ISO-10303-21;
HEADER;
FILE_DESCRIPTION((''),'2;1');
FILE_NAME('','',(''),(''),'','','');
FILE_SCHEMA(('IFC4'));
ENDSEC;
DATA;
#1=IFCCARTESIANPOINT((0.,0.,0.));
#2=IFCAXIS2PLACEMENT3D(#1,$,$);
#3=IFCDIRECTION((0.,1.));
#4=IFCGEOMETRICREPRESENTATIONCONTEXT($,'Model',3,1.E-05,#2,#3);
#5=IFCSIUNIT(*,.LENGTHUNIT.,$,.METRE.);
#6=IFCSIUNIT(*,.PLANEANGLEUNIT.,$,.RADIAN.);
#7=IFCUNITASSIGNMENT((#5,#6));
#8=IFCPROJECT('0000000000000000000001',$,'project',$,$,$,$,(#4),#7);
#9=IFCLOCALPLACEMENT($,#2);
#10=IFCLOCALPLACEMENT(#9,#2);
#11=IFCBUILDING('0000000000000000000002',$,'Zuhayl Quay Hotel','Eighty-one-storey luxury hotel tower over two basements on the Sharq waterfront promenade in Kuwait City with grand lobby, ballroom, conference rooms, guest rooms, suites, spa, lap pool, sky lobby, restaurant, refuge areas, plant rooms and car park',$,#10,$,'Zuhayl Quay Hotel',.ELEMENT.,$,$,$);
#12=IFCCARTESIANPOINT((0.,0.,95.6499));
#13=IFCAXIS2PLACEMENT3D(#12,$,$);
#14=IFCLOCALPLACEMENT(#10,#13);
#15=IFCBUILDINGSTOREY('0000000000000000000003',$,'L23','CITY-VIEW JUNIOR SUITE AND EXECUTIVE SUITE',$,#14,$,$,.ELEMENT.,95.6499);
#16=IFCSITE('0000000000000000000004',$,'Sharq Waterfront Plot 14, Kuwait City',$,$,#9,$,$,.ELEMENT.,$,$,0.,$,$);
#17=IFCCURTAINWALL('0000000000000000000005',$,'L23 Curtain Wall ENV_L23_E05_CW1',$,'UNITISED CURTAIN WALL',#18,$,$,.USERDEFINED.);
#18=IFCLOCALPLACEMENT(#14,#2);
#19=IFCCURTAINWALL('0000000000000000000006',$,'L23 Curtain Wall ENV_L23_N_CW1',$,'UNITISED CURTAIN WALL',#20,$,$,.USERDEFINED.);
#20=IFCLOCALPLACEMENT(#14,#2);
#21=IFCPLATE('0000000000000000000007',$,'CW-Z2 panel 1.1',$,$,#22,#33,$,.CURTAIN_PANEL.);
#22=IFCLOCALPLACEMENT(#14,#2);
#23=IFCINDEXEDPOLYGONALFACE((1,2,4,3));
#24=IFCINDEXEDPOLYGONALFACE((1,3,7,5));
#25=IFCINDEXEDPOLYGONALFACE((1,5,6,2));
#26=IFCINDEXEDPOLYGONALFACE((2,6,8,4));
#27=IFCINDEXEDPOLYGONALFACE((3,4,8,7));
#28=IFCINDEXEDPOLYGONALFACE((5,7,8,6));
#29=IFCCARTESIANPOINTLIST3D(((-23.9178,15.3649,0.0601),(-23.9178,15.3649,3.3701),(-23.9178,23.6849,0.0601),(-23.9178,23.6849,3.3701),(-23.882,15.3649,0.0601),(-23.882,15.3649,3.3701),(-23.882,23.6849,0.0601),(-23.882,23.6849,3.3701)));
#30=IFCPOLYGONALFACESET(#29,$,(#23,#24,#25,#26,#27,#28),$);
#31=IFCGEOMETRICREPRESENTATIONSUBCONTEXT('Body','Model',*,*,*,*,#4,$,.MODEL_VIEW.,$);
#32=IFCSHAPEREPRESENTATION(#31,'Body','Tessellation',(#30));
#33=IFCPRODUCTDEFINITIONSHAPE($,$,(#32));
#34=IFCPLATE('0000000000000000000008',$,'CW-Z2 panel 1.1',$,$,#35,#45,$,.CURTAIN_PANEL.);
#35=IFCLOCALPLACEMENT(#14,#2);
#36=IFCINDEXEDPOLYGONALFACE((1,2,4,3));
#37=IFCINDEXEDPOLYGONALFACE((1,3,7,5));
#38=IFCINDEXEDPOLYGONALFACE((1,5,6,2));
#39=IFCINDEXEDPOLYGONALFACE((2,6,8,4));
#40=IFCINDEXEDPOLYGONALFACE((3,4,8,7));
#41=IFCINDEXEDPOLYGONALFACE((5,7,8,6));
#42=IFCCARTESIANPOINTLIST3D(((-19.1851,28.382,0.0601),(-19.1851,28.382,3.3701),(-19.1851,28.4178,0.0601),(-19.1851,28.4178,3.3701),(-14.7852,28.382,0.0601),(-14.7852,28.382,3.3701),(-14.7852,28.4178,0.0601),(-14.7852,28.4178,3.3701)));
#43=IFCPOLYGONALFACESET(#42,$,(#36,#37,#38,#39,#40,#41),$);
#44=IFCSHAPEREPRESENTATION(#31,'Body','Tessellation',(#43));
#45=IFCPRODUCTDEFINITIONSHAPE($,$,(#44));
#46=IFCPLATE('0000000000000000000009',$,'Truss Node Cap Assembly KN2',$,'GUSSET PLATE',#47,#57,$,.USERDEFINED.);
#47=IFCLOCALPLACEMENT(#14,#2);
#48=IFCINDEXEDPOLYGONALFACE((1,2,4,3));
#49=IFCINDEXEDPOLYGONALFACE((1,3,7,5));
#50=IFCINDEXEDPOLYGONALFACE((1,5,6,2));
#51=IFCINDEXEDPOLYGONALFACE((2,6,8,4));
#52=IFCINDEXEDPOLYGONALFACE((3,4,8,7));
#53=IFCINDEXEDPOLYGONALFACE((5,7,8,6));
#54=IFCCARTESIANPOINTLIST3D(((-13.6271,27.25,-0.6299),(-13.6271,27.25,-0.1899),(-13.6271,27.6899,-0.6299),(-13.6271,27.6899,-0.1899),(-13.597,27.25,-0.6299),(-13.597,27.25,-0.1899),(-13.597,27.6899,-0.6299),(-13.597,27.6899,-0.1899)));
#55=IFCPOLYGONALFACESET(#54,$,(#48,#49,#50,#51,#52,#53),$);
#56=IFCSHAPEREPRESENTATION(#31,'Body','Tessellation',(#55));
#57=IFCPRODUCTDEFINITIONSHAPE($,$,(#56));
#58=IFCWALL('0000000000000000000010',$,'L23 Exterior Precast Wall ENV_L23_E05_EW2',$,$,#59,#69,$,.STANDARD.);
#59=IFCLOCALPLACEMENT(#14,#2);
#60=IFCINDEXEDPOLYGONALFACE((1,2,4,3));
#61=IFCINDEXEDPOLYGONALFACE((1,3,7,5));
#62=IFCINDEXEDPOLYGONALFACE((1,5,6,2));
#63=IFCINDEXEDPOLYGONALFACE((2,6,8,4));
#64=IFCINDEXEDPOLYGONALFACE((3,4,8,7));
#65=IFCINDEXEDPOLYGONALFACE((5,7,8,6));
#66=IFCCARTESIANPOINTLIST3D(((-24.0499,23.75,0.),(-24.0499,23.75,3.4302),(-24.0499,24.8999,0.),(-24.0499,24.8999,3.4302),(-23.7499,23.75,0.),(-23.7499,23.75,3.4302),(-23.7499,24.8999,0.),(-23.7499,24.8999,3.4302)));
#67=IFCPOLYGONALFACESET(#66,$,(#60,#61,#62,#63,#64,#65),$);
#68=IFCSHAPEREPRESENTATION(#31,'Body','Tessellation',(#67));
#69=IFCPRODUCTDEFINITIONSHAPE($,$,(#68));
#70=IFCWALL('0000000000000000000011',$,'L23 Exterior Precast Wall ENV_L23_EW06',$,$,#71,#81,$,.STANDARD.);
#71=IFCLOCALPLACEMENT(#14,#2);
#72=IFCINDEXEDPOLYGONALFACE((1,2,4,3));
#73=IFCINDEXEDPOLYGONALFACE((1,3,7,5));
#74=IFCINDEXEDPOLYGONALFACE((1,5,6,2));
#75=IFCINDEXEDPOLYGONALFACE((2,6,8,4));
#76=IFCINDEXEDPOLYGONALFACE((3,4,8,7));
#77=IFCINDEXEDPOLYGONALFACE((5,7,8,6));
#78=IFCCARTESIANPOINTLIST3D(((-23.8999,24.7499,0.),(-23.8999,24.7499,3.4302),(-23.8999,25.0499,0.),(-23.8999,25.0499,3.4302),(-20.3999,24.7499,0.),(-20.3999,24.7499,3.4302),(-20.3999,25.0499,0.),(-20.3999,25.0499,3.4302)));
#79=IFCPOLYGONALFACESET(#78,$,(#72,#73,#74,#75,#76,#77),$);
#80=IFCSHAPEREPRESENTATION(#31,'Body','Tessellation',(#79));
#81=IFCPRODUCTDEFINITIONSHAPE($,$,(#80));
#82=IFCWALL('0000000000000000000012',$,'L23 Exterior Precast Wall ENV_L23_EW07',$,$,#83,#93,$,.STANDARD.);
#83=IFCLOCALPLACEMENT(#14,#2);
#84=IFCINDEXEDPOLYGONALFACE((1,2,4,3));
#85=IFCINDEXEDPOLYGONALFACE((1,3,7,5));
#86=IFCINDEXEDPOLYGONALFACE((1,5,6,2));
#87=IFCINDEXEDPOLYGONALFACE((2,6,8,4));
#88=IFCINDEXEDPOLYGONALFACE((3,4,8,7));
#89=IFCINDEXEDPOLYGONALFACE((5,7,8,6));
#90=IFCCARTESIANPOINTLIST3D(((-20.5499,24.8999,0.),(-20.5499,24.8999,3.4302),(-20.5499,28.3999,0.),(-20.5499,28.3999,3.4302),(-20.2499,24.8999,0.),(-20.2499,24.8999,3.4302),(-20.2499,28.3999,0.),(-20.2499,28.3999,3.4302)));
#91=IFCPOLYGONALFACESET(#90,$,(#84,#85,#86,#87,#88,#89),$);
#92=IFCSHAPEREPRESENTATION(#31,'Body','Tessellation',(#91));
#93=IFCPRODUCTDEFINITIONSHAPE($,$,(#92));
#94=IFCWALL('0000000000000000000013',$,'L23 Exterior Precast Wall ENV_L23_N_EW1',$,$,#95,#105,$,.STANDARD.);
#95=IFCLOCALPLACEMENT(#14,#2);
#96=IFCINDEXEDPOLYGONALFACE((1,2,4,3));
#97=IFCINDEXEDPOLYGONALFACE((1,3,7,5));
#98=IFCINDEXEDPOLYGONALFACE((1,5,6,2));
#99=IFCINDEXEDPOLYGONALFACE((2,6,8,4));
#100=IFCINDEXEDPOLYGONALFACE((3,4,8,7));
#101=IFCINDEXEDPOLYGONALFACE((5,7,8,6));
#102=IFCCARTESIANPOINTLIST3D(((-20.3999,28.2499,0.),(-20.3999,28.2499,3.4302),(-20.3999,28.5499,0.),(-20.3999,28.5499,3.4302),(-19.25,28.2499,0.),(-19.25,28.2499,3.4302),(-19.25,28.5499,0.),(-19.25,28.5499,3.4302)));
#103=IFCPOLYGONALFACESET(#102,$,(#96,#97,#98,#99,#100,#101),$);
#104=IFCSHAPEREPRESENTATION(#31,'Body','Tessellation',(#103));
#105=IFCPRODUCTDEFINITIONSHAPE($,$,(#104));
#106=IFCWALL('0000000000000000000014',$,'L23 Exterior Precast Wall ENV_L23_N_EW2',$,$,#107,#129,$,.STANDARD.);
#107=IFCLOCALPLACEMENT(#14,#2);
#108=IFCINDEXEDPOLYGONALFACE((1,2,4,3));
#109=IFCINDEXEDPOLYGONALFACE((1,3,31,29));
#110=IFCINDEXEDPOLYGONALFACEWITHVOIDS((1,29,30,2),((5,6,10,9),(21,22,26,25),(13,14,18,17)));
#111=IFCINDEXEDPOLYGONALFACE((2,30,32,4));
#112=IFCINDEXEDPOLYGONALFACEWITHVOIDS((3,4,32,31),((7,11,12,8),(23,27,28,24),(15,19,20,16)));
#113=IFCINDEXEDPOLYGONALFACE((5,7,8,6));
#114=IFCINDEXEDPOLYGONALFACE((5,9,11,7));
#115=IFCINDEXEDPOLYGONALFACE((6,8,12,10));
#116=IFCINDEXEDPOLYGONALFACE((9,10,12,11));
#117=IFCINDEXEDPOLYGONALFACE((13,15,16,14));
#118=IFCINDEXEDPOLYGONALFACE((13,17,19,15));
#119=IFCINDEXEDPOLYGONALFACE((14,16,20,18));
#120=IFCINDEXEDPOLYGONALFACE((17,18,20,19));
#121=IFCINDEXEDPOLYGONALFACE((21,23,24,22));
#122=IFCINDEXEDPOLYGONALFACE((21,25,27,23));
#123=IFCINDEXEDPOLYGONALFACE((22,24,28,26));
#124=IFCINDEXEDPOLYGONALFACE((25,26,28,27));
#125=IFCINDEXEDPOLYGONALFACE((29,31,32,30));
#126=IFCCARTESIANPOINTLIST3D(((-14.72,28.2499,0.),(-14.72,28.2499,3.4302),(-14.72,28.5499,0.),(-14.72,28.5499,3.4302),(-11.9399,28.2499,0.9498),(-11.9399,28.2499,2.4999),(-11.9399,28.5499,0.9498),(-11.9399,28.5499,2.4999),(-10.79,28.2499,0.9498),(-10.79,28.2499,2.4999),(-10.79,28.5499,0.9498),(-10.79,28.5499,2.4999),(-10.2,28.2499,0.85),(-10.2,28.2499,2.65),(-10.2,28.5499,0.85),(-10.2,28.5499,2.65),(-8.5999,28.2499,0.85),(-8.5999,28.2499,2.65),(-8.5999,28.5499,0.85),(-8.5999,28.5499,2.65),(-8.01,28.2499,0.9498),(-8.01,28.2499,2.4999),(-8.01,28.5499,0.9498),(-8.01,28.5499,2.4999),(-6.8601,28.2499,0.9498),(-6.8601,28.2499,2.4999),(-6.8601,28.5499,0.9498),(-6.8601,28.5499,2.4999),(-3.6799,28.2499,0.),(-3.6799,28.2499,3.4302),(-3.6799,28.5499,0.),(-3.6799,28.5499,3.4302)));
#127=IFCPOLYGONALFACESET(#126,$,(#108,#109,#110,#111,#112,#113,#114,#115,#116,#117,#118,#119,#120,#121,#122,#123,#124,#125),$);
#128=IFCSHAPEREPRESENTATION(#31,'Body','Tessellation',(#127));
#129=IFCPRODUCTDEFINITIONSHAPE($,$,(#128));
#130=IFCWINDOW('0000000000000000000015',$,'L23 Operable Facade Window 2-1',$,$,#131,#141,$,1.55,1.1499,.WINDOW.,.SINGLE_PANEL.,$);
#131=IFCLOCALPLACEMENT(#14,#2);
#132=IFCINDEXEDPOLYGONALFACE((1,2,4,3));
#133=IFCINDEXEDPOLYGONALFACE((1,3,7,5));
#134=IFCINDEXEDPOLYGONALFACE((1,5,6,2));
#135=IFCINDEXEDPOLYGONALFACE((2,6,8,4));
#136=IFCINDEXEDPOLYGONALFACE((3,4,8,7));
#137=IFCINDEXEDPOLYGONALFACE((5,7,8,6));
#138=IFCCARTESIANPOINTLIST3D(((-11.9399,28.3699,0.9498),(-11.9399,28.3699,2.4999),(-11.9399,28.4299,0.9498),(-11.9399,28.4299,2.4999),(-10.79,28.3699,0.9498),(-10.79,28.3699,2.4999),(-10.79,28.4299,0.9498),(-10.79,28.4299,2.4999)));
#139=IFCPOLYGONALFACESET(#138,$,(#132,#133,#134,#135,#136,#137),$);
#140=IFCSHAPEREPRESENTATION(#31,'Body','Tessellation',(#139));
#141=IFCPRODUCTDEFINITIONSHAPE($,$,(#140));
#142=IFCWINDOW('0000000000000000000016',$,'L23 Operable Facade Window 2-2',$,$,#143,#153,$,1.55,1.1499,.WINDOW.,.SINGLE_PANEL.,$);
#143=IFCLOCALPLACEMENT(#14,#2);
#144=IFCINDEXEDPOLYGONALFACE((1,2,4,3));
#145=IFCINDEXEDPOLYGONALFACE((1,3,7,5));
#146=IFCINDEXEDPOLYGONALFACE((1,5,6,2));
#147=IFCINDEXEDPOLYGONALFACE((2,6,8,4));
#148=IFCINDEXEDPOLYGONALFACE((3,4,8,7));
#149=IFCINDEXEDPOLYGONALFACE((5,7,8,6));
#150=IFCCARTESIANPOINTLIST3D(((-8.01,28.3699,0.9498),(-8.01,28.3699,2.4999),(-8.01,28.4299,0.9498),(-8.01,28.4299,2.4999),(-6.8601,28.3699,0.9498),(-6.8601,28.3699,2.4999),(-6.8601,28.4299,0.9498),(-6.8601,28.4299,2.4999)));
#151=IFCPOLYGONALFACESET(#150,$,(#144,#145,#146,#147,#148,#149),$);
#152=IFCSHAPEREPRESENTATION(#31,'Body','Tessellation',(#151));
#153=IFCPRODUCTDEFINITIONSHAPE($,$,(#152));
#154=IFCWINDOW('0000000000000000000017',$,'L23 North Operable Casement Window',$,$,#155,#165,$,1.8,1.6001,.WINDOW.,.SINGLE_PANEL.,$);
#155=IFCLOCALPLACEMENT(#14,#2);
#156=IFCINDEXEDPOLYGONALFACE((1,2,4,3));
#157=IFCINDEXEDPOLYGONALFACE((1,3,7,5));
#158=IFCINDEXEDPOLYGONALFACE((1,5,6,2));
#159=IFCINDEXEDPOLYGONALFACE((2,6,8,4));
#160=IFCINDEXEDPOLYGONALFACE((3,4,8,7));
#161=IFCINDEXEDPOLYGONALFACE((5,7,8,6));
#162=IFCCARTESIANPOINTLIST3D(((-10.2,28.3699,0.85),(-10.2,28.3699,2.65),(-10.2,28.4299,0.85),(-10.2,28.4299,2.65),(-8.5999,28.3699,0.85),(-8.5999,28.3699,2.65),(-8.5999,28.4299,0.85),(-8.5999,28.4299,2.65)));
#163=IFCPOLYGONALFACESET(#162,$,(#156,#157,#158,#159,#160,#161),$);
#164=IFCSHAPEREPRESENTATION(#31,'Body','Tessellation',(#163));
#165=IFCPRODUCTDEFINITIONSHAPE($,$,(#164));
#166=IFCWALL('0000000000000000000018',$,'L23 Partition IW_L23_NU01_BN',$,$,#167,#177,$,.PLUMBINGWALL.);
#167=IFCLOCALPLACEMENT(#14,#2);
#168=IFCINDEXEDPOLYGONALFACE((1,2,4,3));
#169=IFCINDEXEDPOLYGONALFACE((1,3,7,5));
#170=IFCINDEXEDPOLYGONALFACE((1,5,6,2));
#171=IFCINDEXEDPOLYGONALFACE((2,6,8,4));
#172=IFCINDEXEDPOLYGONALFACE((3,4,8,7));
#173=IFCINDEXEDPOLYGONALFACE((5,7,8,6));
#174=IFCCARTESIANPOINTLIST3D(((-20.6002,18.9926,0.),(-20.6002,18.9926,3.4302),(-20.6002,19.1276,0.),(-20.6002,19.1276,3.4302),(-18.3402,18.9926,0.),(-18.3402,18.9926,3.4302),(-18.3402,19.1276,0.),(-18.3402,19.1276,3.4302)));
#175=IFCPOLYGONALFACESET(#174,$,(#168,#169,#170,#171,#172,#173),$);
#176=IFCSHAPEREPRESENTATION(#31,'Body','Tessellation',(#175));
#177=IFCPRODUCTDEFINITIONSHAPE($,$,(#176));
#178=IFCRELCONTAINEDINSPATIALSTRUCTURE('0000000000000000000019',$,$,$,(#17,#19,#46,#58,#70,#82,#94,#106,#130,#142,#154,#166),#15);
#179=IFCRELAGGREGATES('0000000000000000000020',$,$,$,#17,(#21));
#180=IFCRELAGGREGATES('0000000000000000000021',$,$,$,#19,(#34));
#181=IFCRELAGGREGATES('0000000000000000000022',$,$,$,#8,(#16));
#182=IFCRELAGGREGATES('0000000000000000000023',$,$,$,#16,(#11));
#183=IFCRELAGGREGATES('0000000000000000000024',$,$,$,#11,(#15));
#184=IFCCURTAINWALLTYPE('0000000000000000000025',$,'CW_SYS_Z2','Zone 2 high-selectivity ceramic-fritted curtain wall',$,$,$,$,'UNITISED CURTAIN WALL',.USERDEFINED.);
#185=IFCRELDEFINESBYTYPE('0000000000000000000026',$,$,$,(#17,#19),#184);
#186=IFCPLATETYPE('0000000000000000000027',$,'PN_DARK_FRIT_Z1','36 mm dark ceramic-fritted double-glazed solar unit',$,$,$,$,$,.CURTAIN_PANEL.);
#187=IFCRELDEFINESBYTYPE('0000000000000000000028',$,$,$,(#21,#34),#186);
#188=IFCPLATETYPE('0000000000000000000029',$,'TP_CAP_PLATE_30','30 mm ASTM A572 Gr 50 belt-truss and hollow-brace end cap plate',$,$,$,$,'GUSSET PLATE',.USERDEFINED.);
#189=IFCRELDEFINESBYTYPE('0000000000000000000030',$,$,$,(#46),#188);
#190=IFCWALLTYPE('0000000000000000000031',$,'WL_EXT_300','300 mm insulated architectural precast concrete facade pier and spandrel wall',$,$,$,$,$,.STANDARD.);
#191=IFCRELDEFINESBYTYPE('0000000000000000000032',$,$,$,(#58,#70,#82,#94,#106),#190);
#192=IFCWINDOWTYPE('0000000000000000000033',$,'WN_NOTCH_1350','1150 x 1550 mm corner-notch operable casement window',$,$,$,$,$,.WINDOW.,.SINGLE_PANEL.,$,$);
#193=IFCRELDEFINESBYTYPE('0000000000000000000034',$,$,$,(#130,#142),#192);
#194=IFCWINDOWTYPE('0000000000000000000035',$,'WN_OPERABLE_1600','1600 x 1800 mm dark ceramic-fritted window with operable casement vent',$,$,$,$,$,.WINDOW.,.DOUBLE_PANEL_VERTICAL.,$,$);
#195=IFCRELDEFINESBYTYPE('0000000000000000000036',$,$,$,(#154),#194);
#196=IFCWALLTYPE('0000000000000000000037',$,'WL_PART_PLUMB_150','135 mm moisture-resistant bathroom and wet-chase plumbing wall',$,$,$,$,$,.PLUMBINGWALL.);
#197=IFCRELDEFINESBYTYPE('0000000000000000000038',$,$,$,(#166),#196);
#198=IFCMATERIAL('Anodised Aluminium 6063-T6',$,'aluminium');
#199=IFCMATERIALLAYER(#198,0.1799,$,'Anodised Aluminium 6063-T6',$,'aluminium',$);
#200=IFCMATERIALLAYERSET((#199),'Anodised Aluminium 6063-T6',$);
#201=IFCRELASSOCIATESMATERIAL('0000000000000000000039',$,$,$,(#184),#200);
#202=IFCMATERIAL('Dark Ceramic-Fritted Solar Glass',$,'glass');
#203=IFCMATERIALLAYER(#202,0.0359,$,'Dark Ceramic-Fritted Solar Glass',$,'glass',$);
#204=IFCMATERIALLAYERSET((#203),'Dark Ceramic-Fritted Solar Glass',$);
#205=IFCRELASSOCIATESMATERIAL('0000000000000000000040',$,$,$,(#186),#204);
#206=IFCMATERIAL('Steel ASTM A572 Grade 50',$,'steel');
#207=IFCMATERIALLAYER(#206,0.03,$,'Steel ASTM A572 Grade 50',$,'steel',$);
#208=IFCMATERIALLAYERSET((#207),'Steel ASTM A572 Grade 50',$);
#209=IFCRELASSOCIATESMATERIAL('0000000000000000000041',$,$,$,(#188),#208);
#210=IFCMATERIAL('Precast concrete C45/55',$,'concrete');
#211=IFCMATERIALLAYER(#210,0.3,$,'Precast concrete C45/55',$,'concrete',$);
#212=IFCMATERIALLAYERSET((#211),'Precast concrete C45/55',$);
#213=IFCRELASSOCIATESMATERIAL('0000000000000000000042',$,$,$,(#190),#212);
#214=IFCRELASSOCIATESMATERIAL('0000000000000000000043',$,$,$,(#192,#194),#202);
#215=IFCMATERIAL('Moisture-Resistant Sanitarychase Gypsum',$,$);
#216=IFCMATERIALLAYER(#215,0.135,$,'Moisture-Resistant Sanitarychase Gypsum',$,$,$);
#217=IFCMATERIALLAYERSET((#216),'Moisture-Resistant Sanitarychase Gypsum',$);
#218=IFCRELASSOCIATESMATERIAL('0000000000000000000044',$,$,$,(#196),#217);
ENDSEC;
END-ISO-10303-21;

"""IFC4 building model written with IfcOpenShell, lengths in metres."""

from ifc_helpers import new_model, si_unit, direction, frame, frame_2d, origin, origin_2d, place, context, subcontext, project, spatial, rectangle, extrude, material, layer, layer_set, type_object, element, fill, aggregate, save


model = new_model("IFC4")

# Units and contexts
model_context = context("Model", 3, precision=1e-05, world=origin(), true_north=direction((0.0, 1.0)))
body_context = subcontext(model_context, "Body", "Model", "MODEL_VIEW")
ifc_project = project(units=[si_unit("LENGTHUNIT", "METRE"), si_unit("PLANEANGLEUNIT", "RADIAN")], contexts=[model_context])

# Site, building, storey
site_placement = place(None, origin())
site = spatial("IfcSite", under=ifc_project, at=site_placement, Name="Sharq Waterfront Plot 14, Kuwait City", CompositionType="ELEMENT", RefElevation=0.0)
building_placement = place(site_placement, origin())
building = spatial("IfcBuilding", under=site, at=building_placement, Name="Zuhayl Quay Hotel", Description="Eighty-one-storey luxury hotel tower over two basements on the Sharq waterfront promenade in Kuwait City with grand lobby, ballroom, conference rooms, guest rooms, suites, spa, lap pool, sky lobby, restaurant, refuge areas, plant rooms and car park", LongName="Zuhayl Quay Hotel", CompositionType="ELEMENT")
storey_placement = place(building_placement, frame((0.0, 0.0, 95.6499)))
storey = spatial("IfcBuildingStorey", under=building, at=storey_placement, Name="L23", Description="CITY-VIEW JUNIOR SUITE AND EXECUTIVE SUITE", CompositionType="ELEMENT", Elevation=95.6499)

# Curtain wall
ifc_material_1 = material(Name="Anodised Aluminium 6063-T6", Category="aluminium")
ifc_layer_1 = layer(ifc_material_1, 0.1799, Name="Anodised Aluminium 6063-T6", Category="aluminium")
ifc_layer_set_1 = layer_set([ifc_layer_1], Name="Anodised Aluminium 6063-T6")
curtain_wall_type = type_object("IfcCurtainWallType", Name="CW_SYS_Z2", Description="Zone 2 high-selectivity ceramic-fritted curtain wall", ElementType="UNITISED CURTAIN WALL", PredefinedType="USERDEFINED", material=ifc_layer_set_1)
curtain_wall_1_placement = place(storey_placement, origin())
curtain_wall_1 = element("IfcCurtainWall", 1, at=curtain_wall_1_placement, inside=storey, type_object=curtain_wall_type, Name="L23 Curtain Wall ENV_L23_E05_CW1", ObjectType="UNITISED CURTAIN WALL", PredefinedType="USERDEFINED")

# Curtain wall
curtain_wall_2_placement = place(storey_placement, origin())
curtain_wall_2 = element("IfcCurtainWall", 2, at=curtain_wall_2_placement, inside=storey, type_object=curtain_wall_type, Name="L23 Curtain Wall ENV_L23_N_CW1", ObjectType="UNITISED CURTAIN WALL", PredefinedType="USERDEFINED")

# Plates
ifc_material_2 = material(Name="Dark Ceramic-Fritted Solar Glass", Category="glass")
ifc_layer_2 = layer(ifc_material_2, 0.0359, Name="Dark Ceramic-Fritted Solar Glass", Category="glass")
ifc_layer_set_2 = layer_set([ifc_layer_2], Name="Dark Ceramic-Fritted Solar Glass")
plate_type_1 = type_object("IfcPlateType", Name="PN_DARK_FRIT_Z1", Description="36 mm dark ceramic-fritted double-glazed solar unit", PredefinedType="CURTAIN_PANEL", material=ifc_layer_set_2)
plate_1_placement = place(storey_placement, frame((-23.8999, 19.5249, 0.0601), z_axis=(0.0, 0.0, 1.0), x_axis=(0.0, 1.0, 0.0)))
plate_1 = element("IfcPlate", 3, at=plate_1_placement, type_object=plate_type_1, Name="CW-Z2 panel 1.1", PredefinedType="CURTAIN_PANEL", context=body_context, shape_type="SweptSolid", body=[
    extrude(rectangle(XDim=8.3201, YDim=0.0359, at=origin_2d()), origin(), (0.0, 0.0, 1.0), 3.3101),
])
aggregate(curtain_wall_1, [plate_1])
plate_2_placement = place(storey_placement, frame((-16.9851, 28.3999, 0.0601), z_axis=(0.0, 0.0, 1.0), x_axis=(1.0, 0.0, 0.0)))
plate_2 = element("IfcPlate", 4, at=plate_2_placement, type_object=plate_type_1, Name="CW-Z2 panel 1.1", PredefinedType="CURTAIN_PANEL", context=body_context, shape_type="SweptSolid", body=[
    extrude(rectangle(XDim=4.3999, YDim=0.0359, at=origin_2d()), origin(), (0.0, 0.0, 1.0), 3.3101),
])
aggregate(curtain_wall_2, [plate_2])
ifc_material_3 = material(Name="Steel ASTM A572 Grade 50", Category="steel")
ifc_layer_3 = layer(ifc_material_3, 0.03, Name="Steel ASTM A572 Grade 50", Category="steel")
ifc_layer_set_3 = layer_set([ifc_layer_3], Name="Steel ASTM A572 Grade 50")
plate_type_2 = type_object("IfcPlateType", Name="TP_CAP_PLATE_30", Description="30 mm ASTM A572 Gr 50 belt-truss and hollow-brace end cap plate", ElementType="GUSSET PLATE", PredefinedType="USERDEFINED", material=ifc_layer_set_3)
plate_3_placement = place(storey_placement, frame((-13.6121, 27.47, -0.6299), z_axis=(0.0, 0.0, 1.0), x_axis=(-1.0, 0.0, 0.0)))
element("IfcPlate", 5, at=plate_3_placement, inside=storey, type_object=plate_type_2, Name="Truss Node Cap Assembly KN2", ObjectType="GUSSET PLATE", PredefinedType="USERDEFINED", context=body_context, shape_type="SweptSolid", body=[
    extrude(rectangle(XDim=0.03, YDim=0.4399, at=origin_2d()), origin(), (0.0, 0.0, 1.0), 0.4399),
])

# Walls
ifc_material_4 = material(Name="Precast concrete C45/55", Category="concrete")
ifc_layer_4 = layer(ifc_material_4, 0.3, Name="Precast concrete C45/55", Category="concrete")
ifc_layer_set_4 = layer_set([ifc_layer_4], Name="Precast concrete C45/55")
wall_type_1 = type_object("IfcWallType", Name="WL_EXT_300", Description="300 mm insulated architectural precast concrete facade pier and spandrel wall", PredefinedType="STANDARD", material=ifc_layer_set_4)
wall_1_placement = place(storey_placement, frame((-23.8999, 23.75, 0.0), z_axis=(0.0, 0.0, 1.0), x_axis=(0.0, 1.0, 0.0)))
element("IfcWall", 6, at=wall_1_placement, inside=storey, type_object=wall_type_1, Name="L23 Exterior Precast Wall ENV_L23_E05_EW2", PredefinedType="STANDARD", context=body_context, shape_type="SweptSolid", body=[
    extrude(rectangle(XDim=1.1499, YDim=0.3, at=frame_2d((0.575, 0.0))), origin(), (0.0, 0.0, 1.0), 3.4302),
])
for number, where, z_axis, x_axis, name in (
    (7, (-23.8999, 24.8999, 0.0), (0.0, 0.0, 1.0), (1.0, 0.0, 0.0), "L23 Exterior Precast Wall ENV_L23_EW06"),
    (8, (-20.3999, 24.8999, 0.0), (0.0, 0.0, 1.0), (0.0, 1.0, 0.0), "L23 Exterior Precast Wall ENV_L23_EW07"),
):
    element("IfcWall", number, at=place(storey_placement, frame(where, z_axis=z_axis, x_axis=x_axis)), inside=storey, type_object=wall_type_1, Name=name, PredefinedType="STANDARD", context=body_context, shape_type="SweptSolid", body=[
        extrude(rectangle(XDim=3.5, YDim=0.3, at=frame_2d((1.75, 0.0))), origin(), (0.0, 0.0, 1.0), 3.4302),
    ])
wall_2_placement = place(storey_placement, frame((-20.3999, 28.3999, 0.0), z_axis=(0.0, 0.0, 1.0), x_axis=(1.0, 0.0, 0.0)))
element("IfcWall", 9, at=wall_2_placement, inside=storey, type_object=wall_type_1, Name="L23 Exterior Precast Wall ENV_L23_N_EW1", PredefinedType="STANDARD", context=body_context, shape_type="SweptSolid", body=[
    extrude(rectangle(XDim=1.1499, YDim=0.3, at=frame_2d((0.575, 0.0))), origin(), (0.0, 0.0, 1.0), 3.4302),
])

# Wall, openings, windows
wall_3_placement = place(storey_placement, frame((-14.72, 28.3999, 0.0), z_axis=(0.0, 0.0, 1.0), x_axis=(1.0, 0.0, 0.0)))
wall_3 = element("IfcWall", 10, at=wall_3_placement, inside=storey, type_object=wall_type_1, Name="L23 Exterior Precast Wall ENV_L23_N_EW2", PredefinedType="STANDARD", context=body_context, shape_type="SweptSolid", body=[
    extrude(rectangle(XDim=11.04, YDim=0.3, at=frame_2d((5.52, 0.0))), origin(), (0.0, 0.0, 1.0), 3.4302),
])
opening_1_placement = place(wall_3_placement, frame((4.52, 0.0, 0.8501)))
opening_1 = element("IfcOpeningElement", 11, at=opening_1_placement, cuts=wall_3, PredefinedType="OPENING", context=body_context, shape_type="SweptSolid", body=[
    extrude(rectangle(XDim=1.6001, YDim=1.8, at=frame_2d((0.8, 0.8999))), frame((0.0, 0.1599, 0.0), z_axis=(0.0, -1.0, 0.0), x_axis=(1.0, 0.0, 0.0)), (0.0, 0.0, 1.0), 0.3201),
])
opening_2_placement = place(wall_3_placement, frame((2.78, 0.0, 0.95)))
opening_2 = element("IfcOpeningElement", 12, at=opening_2_placement, cuts=wall_3, PredefinedType="OPENING", context=body_context, shape_type="SweptSolid", body=[
    extrude(rectangle(XDim=1.1499, YDim=1.55, at=frame_2d((0.575, 0.7749))), frame((0.0, 0.1599, 0.0), z_axis=(0.0, -1.0, 0.0), x_axis=(1.0, 0.0, 0.0)), (0.0, 0.0, 1.0), 0.3201),
])
opening_3_placement = place(wall_3_placement, frame((6.71, 0.0, 0.95)))
opening_3 = element("IfcOpeningElement", 13, at=opening_3_placement, cuts=wall_3, PredefinedType="OPENING", context=body_context, shape_type="SweptSolid", body=[
    extrude(rectangle(XDim=1.1499, YDim=1.55, at=frame_2d((0.575, 0.7749))), frame((0.0, 0.1599, 0.0), z_axis=(0.0, -1.0, 0.0), x_axis=(1.0, 0.0, 0.0)), (0.0, 0.0, 1.0), 0.3201),
])
window_type_1 = type_object("IfcWindowType", Name="WN_NOTCH_1350", Description="1150 x 1550 mm corner-notch operable casement window", PartitioningType="SINGLE_PANEL", PredefinedType="WINDOW", material=ifc_material_2)
window_1_placement = place(opening_2_placement, origin())
window_1 = element("IfcWindow", 14, at=window_1_placement, inside=storey, type_object=window_type_1, Name="L23 Operable Facade Window 2-1", OverallHeight=1.55, OverallWidth=1.1499, PartitioningType="SINGLE_PANEL", PredefinedType="WINDOW", context=body_context, shape_type="SweptSolid", body=[
    extrude(rectangle(XDim=1.1499, YDim=1.55, at=frame_2d((0.575, 0.7749))), frame((0.0, 0.03, 0.0), z_axis=(0.0, -1.0, 0.0), x_axis=(1.0, 0.0, 0.0)), (0.0, 0.0, 1.0), 0.0601),
])
fill(opening_2, window_1)
window_2_placement = place(opening_3_placement, origin())
window_2 = element("IfcWindow", 15, at=window_2_placement, inside=storey, type_object=window_type_1, Name="L23 Operable Facade Window 2-2", OverallHeight=1.55, OverallWidth=1.1499, PartitioningType="SINGLE_PANEL", PredefinedType="WINDOW", context=body_context, shape_type="SweptSolid", body=[
    extrude(rectangle(XDim=1.1499, YDim=1.55, at=frame_2d((0.575, 0.7749))), frame((0.0, 0.03, 0.0), z_axis=(0.0, -1.0, 0.0), x_axis=(1.0, 0.0, 0.0)), (0.0, 0.0, 1.0), 0.0601),
])
fill(opening_3, window_2)
window_type_2 = type_object("IfcWindowType", Name="WN_OPERABLE_1600", Description="1600 x 1800 mm dark ceramic-fritted window with operable casement vent", PartitioningType="DOUBLE_PANEL_VERTICAL", PredefinedType="WINDOW", material=ifc_material_2)
window_3_placement = place(opening_1_placement, origin())
window_3 = element("IfcWindow", 16, at=window_3_placement, inside=storey, type_object=window_type_2, Name="L23 North Operable Casement Window", OverallHeight=1.8, OverallWidth=1.6001, PartitioningType="SINGLE_PANEL", PredefinedType="WINDOW", context=body_context, shape_type="SweptSolid", body=[
    extrude(rectangle(XDim=1.6001, YDim=1.8, at=frame_2d((0.8, 0.8999))), frame((0.0, 0.03, 0.0), z_axis=(0.0, -1.0, 0.0), x_axis=(1.0, 0.0, 0.0)), (0.0, 0.0, 1.0), 0.0601),
])
fill(opening_1, window_3)

# Wall
ifc_material_5 = material(Name="Moisture-Resistant Sanitarychase Gypsum")
ifc_layer_5 = layer(ifc_material_5, 0.135, Name="Moisture-Resistant Sanitarychase Gypsum")
ifc_layer_set_5 = layer_set([ifc_layer_5], Name="Moisture-Resistant Sanitarychase Gypsum")
wall_type_2 = type_object("IfcWallType", Name="WL_PART_PLUMB_150", Description="135 mm moisture-resistant bathroom and wet-chase plumbing wall", PredefinedType="PLUMBINGWALL", material=ifc_layer_set_5)
wall_4_placement = place(storey_placement, frame((-20.6001, 19.0601, 0.0), z_axis=(0.0, 0.0, 1.0), x_axis=(1.0, 0.0, 0.0)))
element("IfcWall", 17, at=wall_4_placement, inside=storey, type_object=wall_type_2, Name="L23 Partition IW_L23_NU01_BN", PredefinedType="PLUMBINGWALL", context=body_context, shape_type="SweptSolid", body=[
    extrude(rectangle(XDim=2.26, YDim=0.135, at=frame_2d((1.1299, 0.0))), origin(), (0.0, 0.0, 1.0), 3.4302),
])

save(model, "model.ifc")
